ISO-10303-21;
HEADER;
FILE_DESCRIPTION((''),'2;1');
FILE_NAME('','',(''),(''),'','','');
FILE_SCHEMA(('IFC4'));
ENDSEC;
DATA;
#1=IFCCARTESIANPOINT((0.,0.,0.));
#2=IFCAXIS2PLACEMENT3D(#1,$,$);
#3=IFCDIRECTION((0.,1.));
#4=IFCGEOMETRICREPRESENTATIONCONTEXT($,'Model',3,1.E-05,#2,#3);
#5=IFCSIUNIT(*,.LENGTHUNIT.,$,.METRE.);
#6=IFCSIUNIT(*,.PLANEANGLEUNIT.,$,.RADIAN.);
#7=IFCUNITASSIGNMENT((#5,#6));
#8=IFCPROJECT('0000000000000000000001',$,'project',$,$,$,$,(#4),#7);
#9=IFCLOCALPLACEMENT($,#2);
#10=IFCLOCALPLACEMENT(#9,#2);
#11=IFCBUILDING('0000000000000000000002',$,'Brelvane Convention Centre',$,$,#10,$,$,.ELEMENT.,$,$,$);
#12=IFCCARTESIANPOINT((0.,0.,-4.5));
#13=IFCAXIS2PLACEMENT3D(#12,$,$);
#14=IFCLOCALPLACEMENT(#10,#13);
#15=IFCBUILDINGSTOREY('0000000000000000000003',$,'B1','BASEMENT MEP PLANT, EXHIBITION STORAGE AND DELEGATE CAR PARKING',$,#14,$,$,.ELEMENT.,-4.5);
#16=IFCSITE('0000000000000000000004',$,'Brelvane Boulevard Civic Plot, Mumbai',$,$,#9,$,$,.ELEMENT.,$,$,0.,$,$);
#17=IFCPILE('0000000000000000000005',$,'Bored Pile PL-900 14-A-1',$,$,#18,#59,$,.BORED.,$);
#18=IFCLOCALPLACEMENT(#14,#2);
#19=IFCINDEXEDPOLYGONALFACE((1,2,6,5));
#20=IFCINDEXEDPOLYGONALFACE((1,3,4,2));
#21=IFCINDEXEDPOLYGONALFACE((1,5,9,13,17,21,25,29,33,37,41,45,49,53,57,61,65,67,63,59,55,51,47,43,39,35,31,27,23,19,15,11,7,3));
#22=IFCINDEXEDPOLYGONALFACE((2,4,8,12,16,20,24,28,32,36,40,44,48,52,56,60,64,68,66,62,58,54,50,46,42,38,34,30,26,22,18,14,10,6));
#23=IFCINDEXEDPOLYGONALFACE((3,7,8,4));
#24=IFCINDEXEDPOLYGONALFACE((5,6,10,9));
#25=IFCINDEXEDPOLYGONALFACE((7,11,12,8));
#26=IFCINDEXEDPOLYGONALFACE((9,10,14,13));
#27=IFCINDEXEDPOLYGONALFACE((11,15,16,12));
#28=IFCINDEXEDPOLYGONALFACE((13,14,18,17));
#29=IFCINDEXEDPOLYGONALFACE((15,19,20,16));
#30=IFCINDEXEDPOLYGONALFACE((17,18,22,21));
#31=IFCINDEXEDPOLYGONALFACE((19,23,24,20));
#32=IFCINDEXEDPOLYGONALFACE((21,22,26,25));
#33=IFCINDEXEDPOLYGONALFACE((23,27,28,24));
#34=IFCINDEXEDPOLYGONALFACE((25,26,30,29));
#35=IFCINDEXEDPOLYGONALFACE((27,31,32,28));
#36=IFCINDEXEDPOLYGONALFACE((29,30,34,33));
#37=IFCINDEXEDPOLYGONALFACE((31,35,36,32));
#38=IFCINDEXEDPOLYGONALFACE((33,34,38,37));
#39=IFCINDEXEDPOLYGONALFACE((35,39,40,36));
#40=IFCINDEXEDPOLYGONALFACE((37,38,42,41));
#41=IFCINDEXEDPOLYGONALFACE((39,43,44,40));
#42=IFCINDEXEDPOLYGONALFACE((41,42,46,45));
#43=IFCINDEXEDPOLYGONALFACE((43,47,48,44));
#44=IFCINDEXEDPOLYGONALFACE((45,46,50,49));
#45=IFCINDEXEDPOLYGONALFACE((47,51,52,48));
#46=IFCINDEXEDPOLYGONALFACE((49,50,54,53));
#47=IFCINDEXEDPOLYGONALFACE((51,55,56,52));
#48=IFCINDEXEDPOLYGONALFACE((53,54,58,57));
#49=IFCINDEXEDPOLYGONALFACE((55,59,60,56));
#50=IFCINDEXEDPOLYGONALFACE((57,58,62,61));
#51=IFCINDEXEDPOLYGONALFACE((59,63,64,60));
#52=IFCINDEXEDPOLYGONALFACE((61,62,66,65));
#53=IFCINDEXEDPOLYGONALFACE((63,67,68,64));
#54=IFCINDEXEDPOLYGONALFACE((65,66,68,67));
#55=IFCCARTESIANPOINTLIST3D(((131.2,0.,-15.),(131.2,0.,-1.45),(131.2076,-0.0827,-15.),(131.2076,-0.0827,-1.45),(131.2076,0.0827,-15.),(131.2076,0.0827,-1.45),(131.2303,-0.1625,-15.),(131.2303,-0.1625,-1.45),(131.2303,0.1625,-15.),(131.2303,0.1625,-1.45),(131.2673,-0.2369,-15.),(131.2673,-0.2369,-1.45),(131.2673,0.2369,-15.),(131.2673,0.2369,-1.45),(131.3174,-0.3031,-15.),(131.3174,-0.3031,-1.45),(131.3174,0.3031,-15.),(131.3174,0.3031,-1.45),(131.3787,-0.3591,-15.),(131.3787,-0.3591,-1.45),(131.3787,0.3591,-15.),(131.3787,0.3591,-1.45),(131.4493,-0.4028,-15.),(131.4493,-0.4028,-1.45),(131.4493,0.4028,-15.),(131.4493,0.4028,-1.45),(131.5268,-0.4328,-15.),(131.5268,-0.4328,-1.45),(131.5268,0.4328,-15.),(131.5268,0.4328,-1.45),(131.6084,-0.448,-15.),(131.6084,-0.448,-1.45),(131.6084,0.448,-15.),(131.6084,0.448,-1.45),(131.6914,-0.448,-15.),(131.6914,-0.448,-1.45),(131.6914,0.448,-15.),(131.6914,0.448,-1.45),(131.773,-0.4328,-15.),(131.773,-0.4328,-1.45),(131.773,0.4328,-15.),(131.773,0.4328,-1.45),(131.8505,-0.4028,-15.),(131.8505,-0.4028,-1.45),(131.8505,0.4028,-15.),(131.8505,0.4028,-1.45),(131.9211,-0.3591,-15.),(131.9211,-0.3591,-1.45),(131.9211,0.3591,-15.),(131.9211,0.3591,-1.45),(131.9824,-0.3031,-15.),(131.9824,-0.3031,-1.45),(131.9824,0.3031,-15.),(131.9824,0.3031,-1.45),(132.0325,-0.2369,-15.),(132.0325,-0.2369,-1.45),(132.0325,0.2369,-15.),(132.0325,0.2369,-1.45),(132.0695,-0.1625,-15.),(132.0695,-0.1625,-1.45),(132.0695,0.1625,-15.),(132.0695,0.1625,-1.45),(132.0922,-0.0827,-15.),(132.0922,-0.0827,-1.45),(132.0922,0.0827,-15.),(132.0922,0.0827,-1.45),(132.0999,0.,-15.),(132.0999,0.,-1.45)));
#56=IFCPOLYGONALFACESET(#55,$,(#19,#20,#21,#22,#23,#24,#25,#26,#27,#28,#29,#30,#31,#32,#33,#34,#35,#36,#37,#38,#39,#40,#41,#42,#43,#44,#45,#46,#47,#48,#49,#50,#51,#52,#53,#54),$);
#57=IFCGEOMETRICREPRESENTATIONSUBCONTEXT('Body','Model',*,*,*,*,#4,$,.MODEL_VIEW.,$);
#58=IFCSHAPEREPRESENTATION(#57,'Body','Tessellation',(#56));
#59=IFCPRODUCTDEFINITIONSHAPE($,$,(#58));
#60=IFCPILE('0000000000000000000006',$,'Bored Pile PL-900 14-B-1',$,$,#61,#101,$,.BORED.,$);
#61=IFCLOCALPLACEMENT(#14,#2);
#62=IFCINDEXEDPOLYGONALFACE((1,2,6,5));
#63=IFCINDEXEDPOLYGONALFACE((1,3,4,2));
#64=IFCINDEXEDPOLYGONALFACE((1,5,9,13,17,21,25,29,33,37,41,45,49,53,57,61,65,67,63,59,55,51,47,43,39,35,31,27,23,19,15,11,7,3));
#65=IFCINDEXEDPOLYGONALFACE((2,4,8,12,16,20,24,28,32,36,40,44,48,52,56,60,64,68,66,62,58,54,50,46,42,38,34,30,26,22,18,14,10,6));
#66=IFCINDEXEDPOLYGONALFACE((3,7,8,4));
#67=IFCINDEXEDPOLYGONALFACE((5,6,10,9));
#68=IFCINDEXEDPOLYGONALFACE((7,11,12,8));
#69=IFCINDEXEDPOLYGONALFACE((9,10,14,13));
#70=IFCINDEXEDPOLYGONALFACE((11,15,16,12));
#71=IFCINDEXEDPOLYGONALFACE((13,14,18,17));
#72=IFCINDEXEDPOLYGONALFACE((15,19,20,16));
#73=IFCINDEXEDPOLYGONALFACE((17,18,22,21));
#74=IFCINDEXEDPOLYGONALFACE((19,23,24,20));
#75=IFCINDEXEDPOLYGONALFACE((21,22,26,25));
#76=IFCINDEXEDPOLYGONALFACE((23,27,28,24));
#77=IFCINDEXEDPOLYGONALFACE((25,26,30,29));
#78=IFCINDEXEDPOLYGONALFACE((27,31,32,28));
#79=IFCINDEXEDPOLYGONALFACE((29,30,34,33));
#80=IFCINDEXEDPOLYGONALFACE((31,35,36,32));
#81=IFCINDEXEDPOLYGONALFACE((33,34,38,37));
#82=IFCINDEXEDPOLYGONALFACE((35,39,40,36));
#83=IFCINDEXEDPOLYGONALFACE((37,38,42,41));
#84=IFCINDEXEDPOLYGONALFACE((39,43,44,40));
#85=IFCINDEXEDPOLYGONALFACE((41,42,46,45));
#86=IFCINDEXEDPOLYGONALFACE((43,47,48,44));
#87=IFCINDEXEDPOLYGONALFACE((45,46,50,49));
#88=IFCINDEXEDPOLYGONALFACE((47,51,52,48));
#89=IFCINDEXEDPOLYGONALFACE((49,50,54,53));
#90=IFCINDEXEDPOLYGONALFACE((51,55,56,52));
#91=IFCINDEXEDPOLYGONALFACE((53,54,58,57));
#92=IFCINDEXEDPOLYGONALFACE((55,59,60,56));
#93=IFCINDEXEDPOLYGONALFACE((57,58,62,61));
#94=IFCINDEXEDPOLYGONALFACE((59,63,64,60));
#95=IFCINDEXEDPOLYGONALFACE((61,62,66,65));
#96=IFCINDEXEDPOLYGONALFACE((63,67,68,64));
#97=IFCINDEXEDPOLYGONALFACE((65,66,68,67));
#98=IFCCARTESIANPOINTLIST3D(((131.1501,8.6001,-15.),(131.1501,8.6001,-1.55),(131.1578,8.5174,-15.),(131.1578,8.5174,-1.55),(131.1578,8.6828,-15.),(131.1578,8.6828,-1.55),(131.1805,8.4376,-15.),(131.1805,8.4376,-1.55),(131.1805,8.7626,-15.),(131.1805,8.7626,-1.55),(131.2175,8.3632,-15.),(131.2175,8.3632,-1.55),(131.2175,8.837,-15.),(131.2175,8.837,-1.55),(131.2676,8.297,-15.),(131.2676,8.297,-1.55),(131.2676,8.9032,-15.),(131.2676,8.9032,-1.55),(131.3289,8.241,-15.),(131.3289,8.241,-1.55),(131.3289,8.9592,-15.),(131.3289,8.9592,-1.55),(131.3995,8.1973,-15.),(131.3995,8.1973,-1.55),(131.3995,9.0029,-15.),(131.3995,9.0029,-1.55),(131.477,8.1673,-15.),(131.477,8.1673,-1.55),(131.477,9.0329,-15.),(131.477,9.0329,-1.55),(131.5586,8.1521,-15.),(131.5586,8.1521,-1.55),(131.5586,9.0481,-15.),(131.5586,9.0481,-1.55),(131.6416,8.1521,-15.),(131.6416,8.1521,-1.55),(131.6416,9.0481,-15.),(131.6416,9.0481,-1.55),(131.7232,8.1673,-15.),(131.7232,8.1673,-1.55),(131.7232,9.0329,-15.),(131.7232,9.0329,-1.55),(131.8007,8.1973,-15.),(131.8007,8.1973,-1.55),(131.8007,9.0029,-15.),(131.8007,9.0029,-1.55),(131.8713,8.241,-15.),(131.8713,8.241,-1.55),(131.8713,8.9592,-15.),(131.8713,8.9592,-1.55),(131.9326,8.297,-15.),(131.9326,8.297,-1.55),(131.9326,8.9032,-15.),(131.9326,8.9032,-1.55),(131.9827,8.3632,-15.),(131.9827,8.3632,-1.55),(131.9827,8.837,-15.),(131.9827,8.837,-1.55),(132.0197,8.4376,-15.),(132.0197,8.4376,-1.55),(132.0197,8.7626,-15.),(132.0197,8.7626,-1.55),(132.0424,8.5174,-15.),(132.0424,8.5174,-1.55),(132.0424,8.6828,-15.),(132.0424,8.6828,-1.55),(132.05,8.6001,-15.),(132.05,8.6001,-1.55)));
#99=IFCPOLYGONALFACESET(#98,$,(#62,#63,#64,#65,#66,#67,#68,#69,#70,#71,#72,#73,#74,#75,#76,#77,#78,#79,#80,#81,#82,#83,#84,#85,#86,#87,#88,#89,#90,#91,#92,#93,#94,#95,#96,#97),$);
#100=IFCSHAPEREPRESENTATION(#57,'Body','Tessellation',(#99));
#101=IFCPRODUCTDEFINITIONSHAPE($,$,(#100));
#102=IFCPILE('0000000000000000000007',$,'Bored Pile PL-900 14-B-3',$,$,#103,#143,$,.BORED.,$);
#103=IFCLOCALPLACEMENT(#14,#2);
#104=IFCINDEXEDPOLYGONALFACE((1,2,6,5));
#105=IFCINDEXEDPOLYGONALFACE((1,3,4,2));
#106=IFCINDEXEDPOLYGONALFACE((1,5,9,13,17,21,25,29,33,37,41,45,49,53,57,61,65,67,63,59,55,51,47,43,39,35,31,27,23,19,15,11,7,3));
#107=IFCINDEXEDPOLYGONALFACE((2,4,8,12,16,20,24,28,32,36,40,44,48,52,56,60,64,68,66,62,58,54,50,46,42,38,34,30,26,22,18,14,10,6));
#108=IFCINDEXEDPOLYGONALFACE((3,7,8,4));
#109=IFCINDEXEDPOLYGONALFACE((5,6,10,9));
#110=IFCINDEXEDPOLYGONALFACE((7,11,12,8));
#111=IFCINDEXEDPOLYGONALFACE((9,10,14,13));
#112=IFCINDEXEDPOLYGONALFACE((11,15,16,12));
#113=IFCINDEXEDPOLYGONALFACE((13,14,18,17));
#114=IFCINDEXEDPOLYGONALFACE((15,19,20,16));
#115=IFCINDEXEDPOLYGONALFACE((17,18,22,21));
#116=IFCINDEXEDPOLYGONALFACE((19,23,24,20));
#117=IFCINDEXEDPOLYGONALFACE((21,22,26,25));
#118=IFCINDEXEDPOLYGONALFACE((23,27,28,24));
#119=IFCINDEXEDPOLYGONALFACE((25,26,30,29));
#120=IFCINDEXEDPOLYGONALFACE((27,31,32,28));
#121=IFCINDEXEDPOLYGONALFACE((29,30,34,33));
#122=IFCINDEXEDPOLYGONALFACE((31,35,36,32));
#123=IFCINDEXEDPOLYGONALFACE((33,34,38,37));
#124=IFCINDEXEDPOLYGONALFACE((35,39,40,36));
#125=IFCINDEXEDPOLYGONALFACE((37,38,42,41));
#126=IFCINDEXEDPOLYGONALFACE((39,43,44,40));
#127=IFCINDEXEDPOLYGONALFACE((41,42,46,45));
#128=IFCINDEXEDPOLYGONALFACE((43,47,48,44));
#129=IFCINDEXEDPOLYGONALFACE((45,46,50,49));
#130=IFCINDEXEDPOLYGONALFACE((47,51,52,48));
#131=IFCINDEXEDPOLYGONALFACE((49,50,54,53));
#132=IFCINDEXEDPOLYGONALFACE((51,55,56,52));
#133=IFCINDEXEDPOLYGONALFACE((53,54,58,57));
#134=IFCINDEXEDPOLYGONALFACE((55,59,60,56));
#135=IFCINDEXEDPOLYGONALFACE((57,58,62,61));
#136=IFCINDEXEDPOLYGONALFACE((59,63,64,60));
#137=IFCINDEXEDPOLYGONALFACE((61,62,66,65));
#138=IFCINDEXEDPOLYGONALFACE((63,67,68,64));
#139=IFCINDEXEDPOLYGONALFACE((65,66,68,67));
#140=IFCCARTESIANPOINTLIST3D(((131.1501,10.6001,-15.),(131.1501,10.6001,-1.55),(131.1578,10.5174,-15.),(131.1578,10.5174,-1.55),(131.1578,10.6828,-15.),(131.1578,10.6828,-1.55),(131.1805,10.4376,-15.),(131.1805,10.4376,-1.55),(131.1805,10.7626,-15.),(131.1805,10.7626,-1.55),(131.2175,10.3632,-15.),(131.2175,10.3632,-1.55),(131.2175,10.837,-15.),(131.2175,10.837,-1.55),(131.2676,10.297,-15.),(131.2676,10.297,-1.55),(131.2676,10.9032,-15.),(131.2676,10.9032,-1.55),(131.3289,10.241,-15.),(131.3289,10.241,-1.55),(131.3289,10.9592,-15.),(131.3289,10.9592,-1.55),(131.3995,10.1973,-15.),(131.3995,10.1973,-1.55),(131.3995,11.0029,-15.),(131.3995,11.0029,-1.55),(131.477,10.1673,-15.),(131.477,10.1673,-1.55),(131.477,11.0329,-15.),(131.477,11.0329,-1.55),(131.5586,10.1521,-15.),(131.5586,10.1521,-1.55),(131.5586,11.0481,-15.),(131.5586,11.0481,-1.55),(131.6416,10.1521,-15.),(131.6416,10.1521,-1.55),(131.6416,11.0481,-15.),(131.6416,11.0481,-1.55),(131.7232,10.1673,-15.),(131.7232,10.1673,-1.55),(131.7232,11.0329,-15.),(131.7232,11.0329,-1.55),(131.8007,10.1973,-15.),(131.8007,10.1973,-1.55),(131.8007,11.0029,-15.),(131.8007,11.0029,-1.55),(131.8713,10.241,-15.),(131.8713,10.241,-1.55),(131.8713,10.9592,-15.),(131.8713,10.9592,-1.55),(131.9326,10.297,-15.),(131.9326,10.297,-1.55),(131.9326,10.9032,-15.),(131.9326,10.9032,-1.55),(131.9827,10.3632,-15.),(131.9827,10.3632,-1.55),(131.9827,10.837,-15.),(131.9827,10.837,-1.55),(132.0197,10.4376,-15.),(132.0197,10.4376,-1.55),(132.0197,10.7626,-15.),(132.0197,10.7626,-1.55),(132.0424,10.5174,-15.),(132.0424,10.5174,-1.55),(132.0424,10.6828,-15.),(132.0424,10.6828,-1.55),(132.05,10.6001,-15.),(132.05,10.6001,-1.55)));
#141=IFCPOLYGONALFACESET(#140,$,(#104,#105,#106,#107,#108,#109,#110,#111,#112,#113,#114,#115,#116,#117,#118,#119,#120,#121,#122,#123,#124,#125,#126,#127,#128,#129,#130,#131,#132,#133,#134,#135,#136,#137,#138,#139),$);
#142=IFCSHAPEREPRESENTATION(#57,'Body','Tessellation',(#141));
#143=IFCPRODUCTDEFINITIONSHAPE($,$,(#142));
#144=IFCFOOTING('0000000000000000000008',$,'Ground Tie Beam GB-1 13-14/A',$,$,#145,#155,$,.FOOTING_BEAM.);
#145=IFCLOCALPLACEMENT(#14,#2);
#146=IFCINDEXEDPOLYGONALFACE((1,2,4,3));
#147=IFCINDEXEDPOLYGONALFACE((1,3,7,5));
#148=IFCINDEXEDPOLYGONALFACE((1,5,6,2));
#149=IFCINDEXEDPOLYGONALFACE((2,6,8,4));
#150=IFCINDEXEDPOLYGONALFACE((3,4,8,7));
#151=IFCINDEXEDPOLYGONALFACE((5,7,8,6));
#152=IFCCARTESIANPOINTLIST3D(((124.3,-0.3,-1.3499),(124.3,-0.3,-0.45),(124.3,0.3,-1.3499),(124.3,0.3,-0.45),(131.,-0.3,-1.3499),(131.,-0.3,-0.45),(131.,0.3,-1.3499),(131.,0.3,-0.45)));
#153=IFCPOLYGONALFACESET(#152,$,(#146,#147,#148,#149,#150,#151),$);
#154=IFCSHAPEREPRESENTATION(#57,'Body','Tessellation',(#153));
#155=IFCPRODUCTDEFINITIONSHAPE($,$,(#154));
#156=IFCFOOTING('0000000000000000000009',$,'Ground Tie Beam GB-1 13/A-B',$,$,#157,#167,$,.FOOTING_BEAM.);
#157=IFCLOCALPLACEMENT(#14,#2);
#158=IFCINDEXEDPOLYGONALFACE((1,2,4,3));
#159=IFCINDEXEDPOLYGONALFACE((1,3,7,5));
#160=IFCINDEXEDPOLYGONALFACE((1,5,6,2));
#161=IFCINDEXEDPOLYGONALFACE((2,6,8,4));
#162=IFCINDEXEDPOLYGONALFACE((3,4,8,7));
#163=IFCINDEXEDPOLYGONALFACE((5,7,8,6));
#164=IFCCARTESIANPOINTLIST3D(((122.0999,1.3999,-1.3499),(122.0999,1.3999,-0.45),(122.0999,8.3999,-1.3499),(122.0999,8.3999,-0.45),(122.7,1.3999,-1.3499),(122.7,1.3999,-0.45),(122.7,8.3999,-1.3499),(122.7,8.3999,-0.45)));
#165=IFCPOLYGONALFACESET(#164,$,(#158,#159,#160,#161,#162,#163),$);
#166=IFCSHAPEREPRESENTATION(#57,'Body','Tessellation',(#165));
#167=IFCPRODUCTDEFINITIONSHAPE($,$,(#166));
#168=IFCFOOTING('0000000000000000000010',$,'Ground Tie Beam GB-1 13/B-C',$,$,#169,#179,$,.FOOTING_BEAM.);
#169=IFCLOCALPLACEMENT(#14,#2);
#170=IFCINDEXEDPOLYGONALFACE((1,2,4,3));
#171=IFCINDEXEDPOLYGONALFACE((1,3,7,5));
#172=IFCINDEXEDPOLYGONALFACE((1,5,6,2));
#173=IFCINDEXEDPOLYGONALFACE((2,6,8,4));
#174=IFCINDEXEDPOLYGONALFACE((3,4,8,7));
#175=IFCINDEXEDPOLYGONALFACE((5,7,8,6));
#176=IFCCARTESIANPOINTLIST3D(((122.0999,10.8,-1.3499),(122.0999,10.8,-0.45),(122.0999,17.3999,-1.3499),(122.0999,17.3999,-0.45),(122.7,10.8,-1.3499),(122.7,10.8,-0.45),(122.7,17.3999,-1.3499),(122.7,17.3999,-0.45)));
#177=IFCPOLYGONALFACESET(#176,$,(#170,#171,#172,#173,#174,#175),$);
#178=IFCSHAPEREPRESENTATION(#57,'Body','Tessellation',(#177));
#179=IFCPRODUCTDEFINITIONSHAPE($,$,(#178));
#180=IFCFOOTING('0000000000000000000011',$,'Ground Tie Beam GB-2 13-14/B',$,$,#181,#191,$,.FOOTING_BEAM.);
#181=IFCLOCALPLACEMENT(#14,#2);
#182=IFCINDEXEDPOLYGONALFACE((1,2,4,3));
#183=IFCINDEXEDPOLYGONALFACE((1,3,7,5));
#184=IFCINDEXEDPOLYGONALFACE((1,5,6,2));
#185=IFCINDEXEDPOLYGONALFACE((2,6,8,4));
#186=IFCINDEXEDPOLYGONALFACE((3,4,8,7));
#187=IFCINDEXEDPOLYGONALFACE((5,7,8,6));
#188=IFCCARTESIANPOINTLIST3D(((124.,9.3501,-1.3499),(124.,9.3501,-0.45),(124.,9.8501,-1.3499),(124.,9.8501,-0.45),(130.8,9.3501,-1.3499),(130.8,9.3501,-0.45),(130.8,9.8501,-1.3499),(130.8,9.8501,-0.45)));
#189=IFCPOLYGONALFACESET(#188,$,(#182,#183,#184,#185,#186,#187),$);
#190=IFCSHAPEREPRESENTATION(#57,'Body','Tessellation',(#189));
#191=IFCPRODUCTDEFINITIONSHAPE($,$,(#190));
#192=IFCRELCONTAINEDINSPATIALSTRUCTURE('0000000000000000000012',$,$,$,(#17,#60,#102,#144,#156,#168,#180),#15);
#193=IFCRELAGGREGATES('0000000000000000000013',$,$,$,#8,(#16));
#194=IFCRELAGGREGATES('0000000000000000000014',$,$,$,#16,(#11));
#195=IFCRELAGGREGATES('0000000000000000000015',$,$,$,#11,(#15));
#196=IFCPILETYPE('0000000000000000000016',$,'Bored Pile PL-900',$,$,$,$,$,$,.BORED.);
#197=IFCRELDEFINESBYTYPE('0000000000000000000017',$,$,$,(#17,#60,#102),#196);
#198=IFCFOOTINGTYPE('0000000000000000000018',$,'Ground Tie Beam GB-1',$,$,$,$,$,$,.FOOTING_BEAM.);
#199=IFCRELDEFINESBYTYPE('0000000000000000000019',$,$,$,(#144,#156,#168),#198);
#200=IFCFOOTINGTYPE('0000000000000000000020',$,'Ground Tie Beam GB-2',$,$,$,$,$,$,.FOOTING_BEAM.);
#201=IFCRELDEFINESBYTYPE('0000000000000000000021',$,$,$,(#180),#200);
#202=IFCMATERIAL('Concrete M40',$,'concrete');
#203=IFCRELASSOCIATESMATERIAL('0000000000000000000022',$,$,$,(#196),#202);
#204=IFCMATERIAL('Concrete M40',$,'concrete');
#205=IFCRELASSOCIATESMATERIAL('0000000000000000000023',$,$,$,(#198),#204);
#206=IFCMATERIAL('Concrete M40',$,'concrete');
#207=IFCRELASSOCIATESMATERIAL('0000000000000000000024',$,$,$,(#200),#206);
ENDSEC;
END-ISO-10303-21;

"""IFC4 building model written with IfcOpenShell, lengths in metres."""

from ifc_helpers import new_model, si_unit, direction, frame, origin, origin_2d, place, context, subcontext, project, spatial, rectangle, circle, extrude, material, material_profile, profile_set, type_object, element, save


model = new_model("IFC4")

# Units and contexts
model_context = context("Model", 3, precision=1e-05, world=origin(), true_north=direction((0.0, 1.0)))
body_context = subcontext(model_context, "Body", "Model", "MODEL_VIEW")
ifc_project = project(units=[si_unit("LENGTHUNIT", "METRE"), si_unit("PLANEANGLEUNIT", "RADIAN")], contexts=[model_context])

# Site, building, storey
site_placement = place(None, origin())
site = spatial("IfcSite", under=ifc_project, at=site_placement, Name="Brelvane Boulevard Civic Plot, Mumbai", CompositionType="ELEMENT", RefElevation=0.0)
building_placement = place(site_placement, origin())
building = spatial("IfcBuilding", under=site, at=building_placement, Name="Brelvane Convention Centre", CompositionType="ELEMENT")
storey_placement = place(building_placement, frame((0.0, 0.0, -4.5)))
storey = spatial("IfcBuildingStorey", under=building, at=storey_placement, Name="B1", Description="BASEMENT MEP PLANT, EXHIBITION STORAGE AND DELEGATE CAR PARKING", CompositionType="ELEMENT", Elevation=-4.5)

# Piles
ifc_material_1 = material(Name="Concrete M40", Category="concrete")
ifc_material_profile_1 = material_profile(ifc_material_1, circle(Radius=0.45, at=origin_2d()), Name="PILE D900")
ifc_profile_set_1 = profile_set([ifc_material_profile_1], Name="Concrete M40")
pile_type = type_object("IfcPileType", Name="Bored Pile PL-900", PredefinedType="BORED", material=ifc_profile_set_1)
for number, where, z_axis, x_axis, name in (
    (1, (131.6499, 0.0, -1.45), (0.0, 0.0, -1.0), (1.0, 0.0, 0.0), "Bored Pile PL-900 14-A-1"),
):
    element("IfcPile", number, at=place(storey_placement, frame(where, z_axis=z_axis, x_axis=x_axis)), inside=storey, type_object=pile_type, Name=name, PredefinedType="BORED", context=body_context, shape_type="SweptSolid", body=[
        extrude(circle(Radius=0.45, at=origin_2d()), origin(), (0.0, 0.0, 1.0), 13.55),
    ])
for number, where, z_axis, x_axis, name in (
    (2, (131.6001, 8.6001, -1.55), (0.0, 0.0, -1.0), (1.0, 0.0, 0.0), "Bored Pile PL-900 14-B-1"),
    (3, (131.6001, 10.6001, -1.55), (0.0, 0.0, -1.0), (1.0, 0.0, 0.0), "Bored Pile PL-900 14-B-3"),
):
    element("IfcPile", number, at=place(storey_placement, frame(where, z_axis=z_axis, x_axis=x_axis)), inside=storey, type_object=pile_type, Name=name, PredefinedType="BORED", context=body_context, shape_type="SweptSolid", body=[
        extrude(circle(Radius=0.45, at=origin_2d()), origin(), (0.0, 0.0, 1.0), 13.45),
    ])

# Footings
ifc_material_2 = material(Name="Concrete M40", Category="concrete")
ifc_material_profile_2 = material_profile(ifc_material_2, rectangle(XDim=0.6001, YDim=0.8999, at=origin_2d()), Name="RC 600x900")
ifc_profile_set_2 = profile_set([ifc_material_profile_2], Name="Concrete M40")
footing_type_1 = type_object("IfcFootingType", Name="Ground Tie Beam GB-1", PredefinedType="FOOTING_BEAM", material=ifc_profile_set_2)
footing_1_placement = place(storey_placement, frame((124.3, 0.0, -0.8999), z_axis=(1.0, 0.0, 0.0), x_axis=(0.0, 1.0, 0.0)))
element("IfcFooting", 4, at=footing_1_placement, inside=storey, type_object=footing_type_1, Name="Ground Tie Beam GB-1 13-14/A", PredefinedType="FOOTING_BEAM", context=body_context, shape_type="SweptSolid", body=[
    extrude(rectangle(XDim=0.6001, YDim=0.8999, at=origin_2d()), origin(), (0.0, 0.0, 1.0), 6.7),
])
footing_2_placement = place(storey_placement, frame((122.3999, 1.3999, -0.8999), z_axis=(0.0, 1.0, 0.0), x_axis=(-1.0, 0.0, 0.0)))
element("IfcFooting", 5, at=footing_2_placement, inside=storey, type_object=footing_type_1, Name="Ground Tie Beam GB-1 13/A-B", PredefinedType="FOOTING_BEAM", context=body_context, shape_type="SweptSolid", body=[
    extrude(rectangle(XDim=0.6001, YDim=0.8999, at=origin_2d()), origin(), (0.0, 0.0, 1.0), 7.0),
])
footing_3_placement = place(storey_placement, frame((122.3999, 10.8, -0.8999), z_axis=(0.0, 1.0, 0.0), x_axis=(-1.0, 0.0, 0.0)))
element("IfcFooting", 6, at=footing_3_placement, inside=storey, type_object=footing_type_1, Name="Ground Tie Beam GB-1 13/B-C", PredefinedType="FOOTING_BEAM", context=body_context, shape_type="SweptSolid", body=[
    extrude(rectangle(XDim=0.6001, YDim=0.8999, at=origin_2d()), origin(), (0.0, 0.0, 1.0), 6.5999),
])
ifc_material_3 = material(Name="Concrete M40", Category="concrete")
ifc_material_profile_3 = material_profile(ifc_material_3, rectangle(XDim=0.5, YDim=0.8999, at=origin_2d()), Name="RC 500x900")
ifc_profile_set_3 = profile_set([ifc_material_profile_3], Name="Concrete M40")
footing_type_2 = type_object("IfcFootingType", Name="Ground Tie Beam GB-2", PredefinedType="FOOTING_BEAM", material=ifc_profile_set_3)
footing_4_placement = place(storey_placement, frame((124.0, 9.6001, -0.8999), z_axis=(1.0, 0.0, 0.0), x_axis=(0.0, 1.0, 0.0)))
element("IfcFooting", 7, at=footing_4_placement, inside=storey, type_object=footing_type_2, Name="Ground Tie Beam GB-2 13-14/B", PredefinedType="FOOTING_BEAM", context=body_context, shape_type="SweptSolid", body=[
    extrude(rectangle(XDim=0.5, YDim=0.8999, at=origin_2d()), origin(), (0.0, 0.0, 1.0), 6.8),
])

save(model, "model.ifc")
